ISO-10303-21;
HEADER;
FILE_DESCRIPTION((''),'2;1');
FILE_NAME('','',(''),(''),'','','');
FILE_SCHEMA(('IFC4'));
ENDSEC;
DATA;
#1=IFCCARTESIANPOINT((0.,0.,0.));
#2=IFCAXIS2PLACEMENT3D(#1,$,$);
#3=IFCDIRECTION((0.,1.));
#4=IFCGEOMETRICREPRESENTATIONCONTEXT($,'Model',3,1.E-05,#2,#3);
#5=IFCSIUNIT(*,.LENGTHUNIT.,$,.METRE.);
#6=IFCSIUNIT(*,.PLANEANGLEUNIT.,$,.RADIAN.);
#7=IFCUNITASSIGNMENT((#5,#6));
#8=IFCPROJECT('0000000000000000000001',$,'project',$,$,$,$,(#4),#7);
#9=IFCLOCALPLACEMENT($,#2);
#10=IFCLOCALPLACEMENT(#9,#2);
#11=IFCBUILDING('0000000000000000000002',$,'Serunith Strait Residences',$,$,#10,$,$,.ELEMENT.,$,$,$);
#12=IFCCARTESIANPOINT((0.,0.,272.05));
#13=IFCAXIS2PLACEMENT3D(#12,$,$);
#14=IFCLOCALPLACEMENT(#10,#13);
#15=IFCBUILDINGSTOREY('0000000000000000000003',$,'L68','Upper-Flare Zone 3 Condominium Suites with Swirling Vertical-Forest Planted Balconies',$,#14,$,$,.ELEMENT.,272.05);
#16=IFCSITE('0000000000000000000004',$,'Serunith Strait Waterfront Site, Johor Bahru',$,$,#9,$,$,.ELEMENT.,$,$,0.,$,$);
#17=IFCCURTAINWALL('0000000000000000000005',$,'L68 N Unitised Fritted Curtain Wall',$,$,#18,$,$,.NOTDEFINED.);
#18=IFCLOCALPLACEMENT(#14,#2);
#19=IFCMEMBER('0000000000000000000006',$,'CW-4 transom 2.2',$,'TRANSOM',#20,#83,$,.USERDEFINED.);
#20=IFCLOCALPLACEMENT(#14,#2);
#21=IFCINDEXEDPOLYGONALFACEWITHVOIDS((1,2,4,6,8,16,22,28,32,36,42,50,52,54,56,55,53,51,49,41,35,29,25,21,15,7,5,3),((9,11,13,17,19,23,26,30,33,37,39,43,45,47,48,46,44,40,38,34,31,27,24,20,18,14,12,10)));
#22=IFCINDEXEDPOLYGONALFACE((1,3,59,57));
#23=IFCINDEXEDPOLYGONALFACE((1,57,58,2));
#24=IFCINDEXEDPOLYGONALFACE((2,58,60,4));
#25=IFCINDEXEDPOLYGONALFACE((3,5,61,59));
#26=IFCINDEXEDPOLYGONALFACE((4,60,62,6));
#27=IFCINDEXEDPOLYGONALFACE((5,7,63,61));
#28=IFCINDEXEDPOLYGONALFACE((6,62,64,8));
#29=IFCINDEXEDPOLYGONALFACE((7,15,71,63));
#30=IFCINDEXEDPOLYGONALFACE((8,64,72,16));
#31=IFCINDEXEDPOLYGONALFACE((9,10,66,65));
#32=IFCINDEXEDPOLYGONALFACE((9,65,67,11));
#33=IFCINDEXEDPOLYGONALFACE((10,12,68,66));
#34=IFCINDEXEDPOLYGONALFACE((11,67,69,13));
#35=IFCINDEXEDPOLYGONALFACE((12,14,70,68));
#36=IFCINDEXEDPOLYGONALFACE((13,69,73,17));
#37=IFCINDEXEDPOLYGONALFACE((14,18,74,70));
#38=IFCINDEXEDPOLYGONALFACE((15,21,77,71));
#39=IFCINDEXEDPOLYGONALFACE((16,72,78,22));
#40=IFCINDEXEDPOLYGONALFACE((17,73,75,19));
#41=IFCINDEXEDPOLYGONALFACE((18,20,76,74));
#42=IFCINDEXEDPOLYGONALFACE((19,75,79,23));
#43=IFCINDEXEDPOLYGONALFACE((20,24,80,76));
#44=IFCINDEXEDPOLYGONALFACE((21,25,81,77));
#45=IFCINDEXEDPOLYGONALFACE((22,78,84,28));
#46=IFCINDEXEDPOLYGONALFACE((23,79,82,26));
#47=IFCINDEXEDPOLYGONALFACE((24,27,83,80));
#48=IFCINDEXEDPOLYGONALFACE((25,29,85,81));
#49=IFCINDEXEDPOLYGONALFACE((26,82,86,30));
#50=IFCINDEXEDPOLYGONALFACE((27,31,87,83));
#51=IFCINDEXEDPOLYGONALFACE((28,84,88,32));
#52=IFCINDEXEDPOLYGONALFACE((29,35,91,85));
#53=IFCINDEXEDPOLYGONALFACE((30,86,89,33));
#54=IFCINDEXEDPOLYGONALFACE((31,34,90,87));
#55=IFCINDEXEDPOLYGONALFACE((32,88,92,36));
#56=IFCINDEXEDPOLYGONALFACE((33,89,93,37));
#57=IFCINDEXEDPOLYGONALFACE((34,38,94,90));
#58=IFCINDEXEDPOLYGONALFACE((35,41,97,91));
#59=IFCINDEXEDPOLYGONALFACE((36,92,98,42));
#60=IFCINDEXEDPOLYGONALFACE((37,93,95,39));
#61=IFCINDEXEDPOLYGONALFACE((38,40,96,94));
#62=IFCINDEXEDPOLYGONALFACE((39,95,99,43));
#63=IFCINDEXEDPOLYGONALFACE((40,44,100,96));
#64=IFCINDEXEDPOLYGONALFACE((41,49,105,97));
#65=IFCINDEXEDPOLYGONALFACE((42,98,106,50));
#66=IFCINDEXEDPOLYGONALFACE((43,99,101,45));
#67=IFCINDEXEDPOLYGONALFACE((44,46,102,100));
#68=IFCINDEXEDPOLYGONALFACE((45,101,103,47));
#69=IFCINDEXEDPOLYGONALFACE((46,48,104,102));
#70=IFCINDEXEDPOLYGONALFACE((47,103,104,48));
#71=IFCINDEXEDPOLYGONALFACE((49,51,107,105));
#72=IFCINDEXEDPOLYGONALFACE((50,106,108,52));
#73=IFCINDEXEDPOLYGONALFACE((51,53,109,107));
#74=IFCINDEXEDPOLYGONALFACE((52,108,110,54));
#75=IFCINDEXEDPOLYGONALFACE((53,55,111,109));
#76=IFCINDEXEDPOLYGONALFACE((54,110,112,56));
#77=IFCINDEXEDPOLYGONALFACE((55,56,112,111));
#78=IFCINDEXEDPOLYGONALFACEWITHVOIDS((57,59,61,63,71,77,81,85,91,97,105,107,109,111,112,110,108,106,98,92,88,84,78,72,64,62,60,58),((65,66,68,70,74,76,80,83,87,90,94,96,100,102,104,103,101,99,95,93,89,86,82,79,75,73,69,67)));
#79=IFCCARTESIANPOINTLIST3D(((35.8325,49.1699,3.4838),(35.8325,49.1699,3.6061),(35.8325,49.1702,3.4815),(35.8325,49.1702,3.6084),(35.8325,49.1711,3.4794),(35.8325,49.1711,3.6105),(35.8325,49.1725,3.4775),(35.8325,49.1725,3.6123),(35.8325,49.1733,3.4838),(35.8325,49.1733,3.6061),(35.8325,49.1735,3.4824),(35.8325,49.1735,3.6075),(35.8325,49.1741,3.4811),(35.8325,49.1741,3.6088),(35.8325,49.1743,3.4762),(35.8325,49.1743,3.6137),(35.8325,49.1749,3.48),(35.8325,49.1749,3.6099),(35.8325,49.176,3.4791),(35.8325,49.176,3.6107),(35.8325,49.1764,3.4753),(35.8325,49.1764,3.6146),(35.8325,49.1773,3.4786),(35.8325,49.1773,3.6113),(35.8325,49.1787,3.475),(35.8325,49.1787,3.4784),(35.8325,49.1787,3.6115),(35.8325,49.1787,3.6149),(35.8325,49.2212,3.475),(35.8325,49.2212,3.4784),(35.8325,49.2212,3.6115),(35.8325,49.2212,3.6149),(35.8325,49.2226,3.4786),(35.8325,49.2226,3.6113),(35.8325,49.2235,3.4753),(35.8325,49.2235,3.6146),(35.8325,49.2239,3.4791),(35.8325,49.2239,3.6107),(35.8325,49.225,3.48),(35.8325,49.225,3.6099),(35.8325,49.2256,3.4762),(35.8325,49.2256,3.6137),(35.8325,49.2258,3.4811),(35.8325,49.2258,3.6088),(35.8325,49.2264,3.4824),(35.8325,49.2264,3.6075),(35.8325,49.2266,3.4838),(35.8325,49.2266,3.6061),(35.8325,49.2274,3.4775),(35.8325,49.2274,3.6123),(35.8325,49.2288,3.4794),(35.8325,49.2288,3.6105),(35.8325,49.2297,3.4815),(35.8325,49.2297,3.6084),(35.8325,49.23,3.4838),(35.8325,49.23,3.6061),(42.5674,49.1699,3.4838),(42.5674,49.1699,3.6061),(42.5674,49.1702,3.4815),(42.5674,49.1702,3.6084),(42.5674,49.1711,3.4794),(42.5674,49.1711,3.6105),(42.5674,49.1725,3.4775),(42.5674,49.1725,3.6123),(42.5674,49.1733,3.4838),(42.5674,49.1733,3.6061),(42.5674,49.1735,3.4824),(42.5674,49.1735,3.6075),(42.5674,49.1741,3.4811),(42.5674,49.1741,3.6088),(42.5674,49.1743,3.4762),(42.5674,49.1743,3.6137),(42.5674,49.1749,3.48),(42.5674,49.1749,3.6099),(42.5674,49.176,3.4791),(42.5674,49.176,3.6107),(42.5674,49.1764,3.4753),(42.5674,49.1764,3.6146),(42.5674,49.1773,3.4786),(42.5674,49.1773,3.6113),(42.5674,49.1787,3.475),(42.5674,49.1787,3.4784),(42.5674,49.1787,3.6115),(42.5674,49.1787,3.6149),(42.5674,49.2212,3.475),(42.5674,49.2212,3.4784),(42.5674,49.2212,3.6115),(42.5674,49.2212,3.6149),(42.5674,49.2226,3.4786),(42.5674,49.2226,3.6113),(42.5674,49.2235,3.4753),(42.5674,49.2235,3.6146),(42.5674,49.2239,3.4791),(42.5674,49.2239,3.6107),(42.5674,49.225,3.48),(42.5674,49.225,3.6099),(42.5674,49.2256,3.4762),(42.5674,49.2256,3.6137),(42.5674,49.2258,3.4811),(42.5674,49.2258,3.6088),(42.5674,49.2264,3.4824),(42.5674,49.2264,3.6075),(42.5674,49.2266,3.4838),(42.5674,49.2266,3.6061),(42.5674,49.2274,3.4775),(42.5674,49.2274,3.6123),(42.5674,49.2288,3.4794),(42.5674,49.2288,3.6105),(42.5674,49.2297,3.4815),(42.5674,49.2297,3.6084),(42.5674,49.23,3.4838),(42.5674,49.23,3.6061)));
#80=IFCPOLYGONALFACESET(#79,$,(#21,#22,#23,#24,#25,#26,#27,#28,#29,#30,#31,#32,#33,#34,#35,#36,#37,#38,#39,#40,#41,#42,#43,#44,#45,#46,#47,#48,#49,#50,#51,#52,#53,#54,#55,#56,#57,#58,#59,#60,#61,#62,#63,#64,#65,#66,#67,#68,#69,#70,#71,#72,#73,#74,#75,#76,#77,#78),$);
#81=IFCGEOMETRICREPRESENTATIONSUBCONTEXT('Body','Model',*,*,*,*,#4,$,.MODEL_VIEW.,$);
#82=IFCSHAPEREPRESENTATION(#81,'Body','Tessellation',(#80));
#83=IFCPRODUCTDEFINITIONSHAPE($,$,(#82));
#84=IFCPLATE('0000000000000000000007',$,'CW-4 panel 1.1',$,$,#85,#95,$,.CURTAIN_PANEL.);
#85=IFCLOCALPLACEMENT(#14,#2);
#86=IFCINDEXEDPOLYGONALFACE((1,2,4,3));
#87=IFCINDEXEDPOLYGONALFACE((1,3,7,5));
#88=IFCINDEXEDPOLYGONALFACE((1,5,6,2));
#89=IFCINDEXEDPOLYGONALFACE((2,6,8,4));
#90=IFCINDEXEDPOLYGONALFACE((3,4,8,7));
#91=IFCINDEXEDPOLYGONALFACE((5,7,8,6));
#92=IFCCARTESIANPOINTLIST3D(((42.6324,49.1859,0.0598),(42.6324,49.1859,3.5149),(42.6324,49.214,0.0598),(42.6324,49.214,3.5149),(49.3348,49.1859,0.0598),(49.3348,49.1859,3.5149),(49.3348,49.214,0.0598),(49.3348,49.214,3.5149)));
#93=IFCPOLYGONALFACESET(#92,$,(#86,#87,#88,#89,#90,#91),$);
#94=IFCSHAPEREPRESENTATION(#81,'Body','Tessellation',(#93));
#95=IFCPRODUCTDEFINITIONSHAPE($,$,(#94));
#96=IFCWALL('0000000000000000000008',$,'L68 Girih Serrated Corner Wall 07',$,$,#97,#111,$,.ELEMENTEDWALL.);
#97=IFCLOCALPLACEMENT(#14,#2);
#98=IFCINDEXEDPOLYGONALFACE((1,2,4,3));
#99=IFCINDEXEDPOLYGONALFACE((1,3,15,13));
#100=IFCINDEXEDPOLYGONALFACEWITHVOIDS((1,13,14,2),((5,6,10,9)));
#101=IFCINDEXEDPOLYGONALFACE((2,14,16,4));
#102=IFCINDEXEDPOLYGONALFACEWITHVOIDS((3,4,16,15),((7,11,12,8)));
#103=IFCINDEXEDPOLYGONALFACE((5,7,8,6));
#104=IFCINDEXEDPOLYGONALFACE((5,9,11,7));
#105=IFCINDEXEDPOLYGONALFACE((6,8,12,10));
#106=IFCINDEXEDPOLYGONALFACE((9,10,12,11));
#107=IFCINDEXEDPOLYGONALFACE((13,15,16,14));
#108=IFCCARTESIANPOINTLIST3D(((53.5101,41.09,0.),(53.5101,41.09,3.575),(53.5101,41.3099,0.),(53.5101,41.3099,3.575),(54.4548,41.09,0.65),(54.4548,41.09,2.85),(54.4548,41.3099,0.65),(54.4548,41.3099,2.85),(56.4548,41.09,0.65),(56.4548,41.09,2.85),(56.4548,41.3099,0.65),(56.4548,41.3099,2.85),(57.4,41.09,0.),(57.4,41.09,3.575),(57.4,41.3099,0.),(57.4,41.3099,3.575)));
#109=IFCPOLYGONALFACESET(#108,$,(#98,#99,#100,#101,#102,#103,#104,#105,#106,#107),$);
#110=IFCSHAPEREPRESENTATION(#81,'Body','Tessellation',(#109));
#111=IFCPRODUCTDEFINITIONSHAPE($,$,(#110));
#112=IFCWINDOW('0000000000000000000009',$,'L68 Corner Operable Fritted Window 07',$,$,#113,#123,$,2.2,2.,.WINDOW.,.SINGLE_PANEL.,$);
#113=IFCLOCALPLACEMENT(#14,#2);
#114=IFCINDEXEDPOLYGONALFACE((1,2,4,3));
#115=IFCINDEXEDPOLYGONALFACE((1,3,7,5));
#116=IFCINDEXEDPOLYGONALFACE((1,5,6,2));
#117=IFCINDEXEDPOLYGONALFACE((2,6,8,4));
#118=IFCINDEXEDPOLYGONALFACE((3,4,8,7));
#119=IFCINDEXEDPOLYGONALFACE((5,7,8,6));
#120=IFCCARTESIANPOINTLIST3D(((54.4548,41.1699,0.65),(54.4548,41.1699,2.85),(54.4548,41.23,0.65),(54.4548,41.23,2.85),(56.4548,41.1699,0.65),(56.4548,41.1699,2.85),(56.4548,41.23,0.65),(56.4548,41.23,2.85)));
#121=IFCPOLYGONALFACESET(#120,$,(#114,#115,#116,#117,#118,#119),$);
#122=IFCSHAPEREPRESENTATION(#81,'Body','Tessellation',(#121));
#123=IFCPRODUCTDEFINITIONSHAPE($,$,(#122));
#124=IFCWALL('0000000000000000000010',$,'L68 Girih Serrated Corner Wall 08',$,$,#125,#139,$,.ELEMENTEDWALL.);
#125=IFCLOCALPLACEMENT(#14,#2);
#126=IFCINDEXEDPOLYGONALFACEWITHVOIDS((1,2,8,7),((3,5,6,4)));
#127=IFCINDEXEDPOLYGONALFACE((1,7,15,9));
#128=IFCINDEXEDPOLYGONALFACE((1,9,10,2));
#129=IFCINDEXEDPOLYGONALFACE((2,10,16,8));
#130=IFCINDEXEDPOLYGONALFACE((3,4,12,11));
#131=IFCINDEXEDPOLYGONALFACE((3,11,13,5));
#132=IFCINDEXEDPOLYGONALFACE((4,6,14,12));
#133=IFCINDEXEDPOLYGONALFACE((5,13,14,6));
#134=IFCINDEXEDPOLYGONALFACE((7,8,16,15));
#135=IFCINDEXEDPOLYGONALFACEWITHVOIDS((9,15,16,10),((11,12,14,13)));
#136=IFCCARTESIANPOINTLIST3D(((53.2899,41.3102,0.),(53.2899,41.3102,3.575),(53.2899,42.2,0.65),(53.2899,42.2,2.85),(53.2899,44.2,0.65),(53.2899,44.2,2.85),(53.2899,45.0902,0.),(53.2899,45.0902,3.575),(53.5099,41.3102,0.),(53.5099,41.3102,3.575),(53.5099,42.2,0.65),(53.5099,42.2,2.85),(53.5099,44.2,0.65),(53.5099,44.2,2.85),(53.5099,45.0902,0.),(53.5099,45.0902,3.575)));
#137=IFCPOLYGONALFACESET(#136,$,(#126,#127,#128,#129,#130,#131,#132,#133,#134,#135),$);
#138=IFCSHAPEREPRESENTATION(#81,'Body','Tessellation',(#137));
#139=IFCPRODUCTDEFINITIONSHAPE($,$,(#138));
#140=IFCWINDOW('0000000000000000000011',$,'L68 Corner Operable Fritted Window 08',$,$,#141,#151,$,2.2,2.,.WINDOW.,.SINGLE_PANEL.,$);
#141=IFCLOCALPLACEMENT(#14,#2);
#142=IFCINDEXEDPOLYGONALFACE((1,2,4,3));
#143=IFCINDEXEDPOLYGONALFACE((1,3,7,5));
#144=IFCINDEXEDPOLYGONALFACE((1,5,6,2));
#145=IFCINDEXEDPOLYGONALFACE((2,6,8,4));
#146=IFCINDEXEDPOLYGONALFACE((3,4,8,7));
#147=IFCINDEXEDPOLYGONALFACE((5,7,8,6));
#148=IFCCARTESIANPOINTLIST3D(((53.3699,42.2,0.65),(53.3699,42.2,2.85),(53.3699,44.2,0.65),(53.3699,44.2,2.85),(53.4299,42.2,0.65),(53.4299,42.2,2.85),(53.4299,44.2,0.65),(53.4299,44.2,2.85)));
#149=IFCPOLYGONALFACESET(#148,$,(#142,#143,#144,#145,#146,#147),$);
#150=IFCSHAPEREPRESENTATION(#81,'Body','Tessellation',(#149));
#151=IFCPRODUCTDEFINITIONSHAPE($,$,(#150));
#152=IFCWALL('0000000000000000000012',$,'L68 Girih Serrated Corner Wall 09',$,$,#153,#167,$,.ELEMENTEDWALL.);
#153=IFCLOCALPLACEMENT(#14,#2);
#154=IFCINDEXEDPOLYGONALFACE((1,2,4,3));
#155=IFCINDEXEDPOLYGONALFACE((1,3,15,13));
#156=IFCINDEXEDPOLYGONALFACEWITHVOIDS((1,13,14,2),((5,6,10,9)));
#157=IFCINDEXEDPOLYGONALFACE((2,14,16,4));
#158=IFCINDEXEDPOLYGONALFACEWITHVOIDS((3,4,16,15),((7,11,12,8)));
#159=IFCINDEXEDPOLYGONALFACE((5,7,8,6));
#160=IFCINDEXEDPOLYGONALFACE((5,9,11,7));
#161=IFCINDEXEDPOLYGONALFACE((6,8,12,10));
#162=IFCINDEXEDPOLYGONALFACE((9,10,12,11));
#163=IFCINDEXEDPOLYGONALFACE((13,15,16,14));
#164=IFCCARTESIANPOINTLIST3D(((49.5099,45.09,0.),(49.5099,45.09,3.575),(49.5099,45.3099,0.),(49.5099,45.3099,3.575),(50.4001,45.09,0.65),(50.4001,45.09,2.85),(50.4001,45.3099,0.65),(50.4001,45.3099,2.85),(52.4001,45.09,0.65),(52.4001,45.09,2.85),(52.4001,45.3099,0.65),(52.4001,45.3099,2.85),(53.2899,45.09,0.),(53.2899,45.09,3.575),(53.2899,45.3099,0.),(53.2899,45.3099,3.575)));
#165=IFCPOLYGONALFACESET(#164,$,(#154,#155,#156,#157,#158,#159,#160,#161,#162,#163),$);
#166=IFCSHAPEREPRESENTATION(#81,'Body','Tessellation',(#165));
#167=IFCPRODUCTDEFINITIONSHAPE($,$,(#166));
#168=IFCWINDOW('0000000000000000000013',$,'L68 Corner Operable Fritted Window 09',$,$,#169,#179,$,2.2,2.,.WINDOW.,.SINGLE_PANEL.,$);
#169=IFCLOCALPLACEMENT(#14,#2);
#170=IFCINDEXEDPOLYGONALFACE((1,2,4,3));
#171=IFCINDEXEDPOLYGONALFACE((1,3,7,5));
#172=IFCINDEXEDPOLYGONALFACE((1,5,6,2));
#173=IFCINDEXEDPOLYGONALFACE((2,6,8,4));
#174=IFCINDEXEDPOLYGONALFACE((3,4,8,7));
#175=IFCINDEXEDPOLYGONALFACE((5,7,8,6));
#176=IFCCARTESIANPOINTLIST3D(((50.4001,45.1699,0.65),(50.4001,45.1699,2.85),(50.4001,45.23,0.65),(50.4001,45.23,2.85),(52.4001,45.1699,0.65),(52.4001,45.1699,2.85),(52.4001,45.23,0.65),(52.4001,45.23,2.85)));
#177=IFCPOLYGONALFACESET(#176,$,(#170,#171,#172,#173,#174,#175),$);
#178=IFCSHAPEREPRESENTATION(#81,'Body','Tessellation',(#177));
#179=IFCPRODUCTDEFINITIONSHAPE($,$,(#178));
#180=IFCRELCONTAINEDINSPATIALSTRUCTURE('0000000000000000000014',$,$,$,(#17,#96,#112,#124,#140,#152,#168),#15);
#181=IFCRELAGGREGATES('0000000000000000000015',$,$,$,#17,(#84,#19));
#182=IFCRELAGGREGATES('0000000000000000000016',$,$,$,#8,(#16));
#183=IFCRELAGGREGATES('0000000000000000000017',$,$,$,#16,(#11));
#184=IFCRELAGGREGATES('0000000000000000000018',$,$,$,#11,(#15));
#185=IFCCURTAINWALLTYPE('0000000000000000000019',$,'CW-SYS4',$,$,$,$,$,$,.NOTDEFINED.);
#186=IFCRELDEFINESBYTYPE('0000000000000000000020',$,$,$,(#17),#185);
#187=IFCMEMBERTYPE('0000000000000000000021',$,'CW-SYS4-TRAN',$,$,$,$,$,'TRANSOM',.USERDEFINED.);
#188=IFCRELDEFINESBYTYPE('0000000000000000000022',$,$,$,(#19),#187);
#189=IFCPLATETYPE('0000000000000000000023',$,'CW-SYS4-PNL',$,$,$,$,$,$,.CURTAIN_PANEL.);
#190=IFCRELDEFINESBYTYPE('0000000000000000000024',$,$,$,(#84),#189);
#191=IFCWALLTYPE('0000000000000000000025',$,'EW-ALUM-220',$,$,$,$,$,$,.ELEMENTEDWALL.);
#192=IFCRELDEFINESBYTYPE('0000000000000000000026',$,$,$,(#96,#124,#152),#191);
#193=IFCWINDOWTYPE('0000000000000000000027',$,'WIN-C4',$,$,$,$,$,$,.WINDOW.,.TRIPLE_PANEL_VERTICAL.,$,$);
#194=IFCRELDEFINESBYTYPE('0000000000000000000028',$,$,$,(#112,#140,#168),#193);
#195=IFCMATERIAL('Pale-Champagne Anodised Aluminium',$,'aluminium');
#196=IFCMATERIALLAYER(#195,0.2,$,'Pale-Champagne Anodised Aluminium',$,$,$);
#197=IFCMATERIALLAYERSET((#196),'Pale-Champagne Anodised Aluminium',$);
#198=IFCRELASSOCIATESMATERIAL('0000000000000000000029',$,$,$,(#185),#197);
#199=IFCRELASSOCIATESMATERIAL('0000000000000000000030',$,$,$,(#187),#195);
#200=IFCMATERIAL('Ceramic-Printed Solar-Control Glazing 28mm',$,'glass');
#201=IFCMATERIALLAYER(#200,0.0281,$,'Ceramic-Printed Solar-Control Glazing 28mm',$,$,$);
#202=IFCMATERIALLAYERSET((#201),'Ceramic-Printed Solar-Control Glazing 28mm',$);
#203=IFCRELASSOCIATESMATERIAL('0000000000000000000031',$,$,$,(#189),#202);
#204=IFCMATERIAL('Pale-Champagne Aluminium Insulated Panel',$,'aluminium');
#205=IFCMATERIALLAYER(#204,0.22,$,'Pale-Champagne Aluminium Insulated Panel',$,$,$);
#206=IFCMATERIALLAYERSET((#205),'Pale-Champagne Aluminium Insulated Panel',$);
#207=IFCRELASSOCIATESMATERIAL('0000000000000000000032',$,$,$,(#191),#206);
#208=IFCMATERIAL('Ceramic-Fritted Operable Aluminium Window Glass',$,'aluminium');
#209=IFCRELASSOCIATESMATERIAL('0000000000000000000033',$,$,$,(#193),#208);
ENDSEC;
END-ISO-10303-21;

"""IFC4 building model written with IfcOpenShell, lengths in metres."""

from ifc_helpers import new_model, si_unit, direction, frame, frame_2d, origin, origin_2d, place, context, subcontext, project, spatial, rectangle, hollow_rectangle, extrude, source, transform, mapped, material, layer, layer_set, material_profile, profile_set, type_object, element, fill, aggregate, save


model = new_model("IFC4")

# Units and contexts
model_context = context("Model", 3, precision=1e-05, world=origin(), true_north=direction((0.0, 1.0)))
body_context = subcontext(model_context, "Body", "Model", "MODEL_VIEW")
ifc_project = project(units=[si_unit("LENGTHUNIT", "METRE"), si_unit("PLANEANGLEUNIT", "RADIAN")], contexts=[model_context])

# Site, building, storey
site_placement = place(None, origin())
site = spatial("IfcSite", under=ifc_project, at=site_placement, Name="Serunith Strait Waterfront Site, Johor Bahru", CompositionType="ELEMENT", RefElevation=0.0)
building_placement = place(site_placement, origin())
building = spatial("IfcBuilding", under=site, at=building_placement, Name="Serunith Strait Residences", CompositionType="ELEMENT")
storey_placement = place(building_placement, frame((0.0, 0.0, 272.05)))
storey = spatial("IfcBuildingStorey", under=building, at=storey_placement, Name="L68", Description="Upper-Flare Zone 3 Condominium Suites with Swirling Vertical-Forest Planted Balconies", CompositionType="ELEMENT", Elevation=272.05)

# Shared definitions
ifc_material_1 = material(Name="Pale-Champagne Anodised Aluminium", Category="aluminium")
ifc_layer_1 = layer(ifc_material_1, 0.2, Name="Pale-Champagne Anodised Aluminium")
ifc_layer_set_1 = layer_set([ifc_layer_1], Name="Pale-Champagne Anodised Aluminium")
curtain_wall_type = type_object("IfcCurtainWallType", Name="CW-SYS4", PredefinedType="NOTDEFINED", material=ifc_layer_set_1)

# Curtain wall, member, plate
curtain_wall_1_placement = place(storey_placement, origin())
curtain_wall_1 = element("IfcCurtainWall", 1, at=curtain_wall_1_placement, inside=storey, type_object=curtain_wall_type, Name="L68 N Unitised Fritted Curtain Wall", PredefinedType="NOTDEFINED")
ifc_material_profile_1 = material_profile(ifc_material_1, hollow_rectangle(XDim=0.0601, YDim=0.1399, WallThickness=0.0034, InnerFilletRadius=0.0054, OuterFilletRadius=0.0088, at=origin_2d()), Name="ALU 140x60x3.5")
ifc_profile_set_1 = profile_set([ifc_material_profile_1], Name="Pale-Champagne Anodised Aluminium")
member_type_1 = type_object("IfcMemberType", Name="CW-SYS4-TRAN", ElementType="TRANSOM", PredefinedType="USERDEFINED", material=ifc_profile_set_1)
shared_shape_1 = source(origin(), body_context, "Body", "SweptSolid", [
    extrude(hollow_rectangle(XDim=0.0601, YDim=0.1399, WallThickness=0.0034, InnerFilletRadius=0.0054, OuterFilletRadius=0.0088, at=origin_2d()), origin(), (0.0, 0.0, 1.0), 6.7349),
])
member_1_placement = place(storey_placement, frame((42.5674, 49.2, 3.5449), z_axis=(-1.0, 0.0, 0.0), x_axis=(0.0, -1.0, 0.0)))
member_1 = element("IfcMember", 2, at=member_1_placement, type_object=member_type_1, Name="CW-4 transom 2.2", ObjectType="TRANSOM", PredefinedType="USERDEFINED", context=body_context, shape_type="MappedRepresentation", body=[
    mapped(shared_shape_1, transform((0.0, 0.0, 0.0), scale=1.0)),
])
ifc_material_2 = material(Name="Ceramic-Printed Solar-Control Glazing 28mm", Category="glass")
ifc_layer_2 = layer(ifc_material_2, 0.0281, Name="Ceramic-Printed Solar-Control Glazing 28mm")
ifc_layer_set_2 = layer_set([ifc_layer_2], Name="Ceramic-Printed Solar-Control Glazing 28mm")
plate_type = type_object("IfcPlateType", Name="CW-SYS4-PNL", PredefinedType="CURTAIN_PANEL", material=ifc_layer_set_2)
shared_shape_2 = source(origin(), body_context, "Body", "SweptSolid", [
    extrude(rectangle(XDim=6.7024, YDim=0.0281, at=origin_2d()), origin(), (0.0, 0.0, 1.0), 3.4551),
])
plate_placement = place(storey_placement, frame((45.9836, 49.2, 0.0598), z_axis=(0.0, 0.0, 1.0), x_axis=(-1.0, 0.0, 0.0)))
plate = element("IfcPlate", 3, at=plate_placement, type_object=plate_type, Name="CW-4 panel 1.1", PredefinedType="CURTAIN_PANEL", context=body_context, shape_type="MappedRepresentation", body=[
    mapped(shared_shape_2, transform((0.0, 0.0, 0.0), scale=1.0)),
])
aggregate(curtain_wall_1, [plate, member_1])

# Walls, openings, windows
ifc_material_3 = material(Name="Pale-Champagne Aluminium Insulated Panel", Category="aluminium")
ifc_layer_3 = layer(ifc_material_3, 0.22, Name="Pale-Champagne Aluminium Insulated Panel")
ifc_layer_set_3 = layer_set([ifc_layer_3], Name="Pale-Champagne Aluminium Insulated Panel")
wall_type = type_object("IfcWallType", Name="EW-ALUM-220", PredefinedType="ELEMENTEDWALL", material=ifc_layer_set_3)
wall_1_placement = place(storey_placement, frame((57.3999, 41.2, 0.0), z_axis=(0.0, 0.0, 1.0), x_axis=(-1.0, 0.0, 0.0)))
wall_1 = element("IfcWall", 4, at=wall_1_placement, inside=storey, type_object=wall_type, Name="L68 Girih Serrated Corner Wall 07", PredefinedType="ELEMENTEDWALL", context=body_context, shape_type="SweptSolid", body=[
    extrude(rectangle(XDim=3.8899, YDim=0.22, at=frame_2d((1.9448, 0.0))), origin(), (0.0, 0.0, 1.0), 3.575),
])
opening_1_placement = place(wall_1_placement, frame((0.9451, 0.0, 0.6499)))
opening_1 = element("IfcOpeningElement", 5, at=opening_1_placement, cuts=wall_1, PredefinedType="OPENING", context=body_context, shape_type="SweptSolid", body=[
    extrude(rectangle(XDim=2.0, YDim=2.2, at=frame_2d((1.0, 1.1001))), frame((0.0, 0.1201, 0.0), z_axis=(0.0, -1.0, 0.0), x_axis=(1.0, 0.0, 0.0)), (0.0, 0.0, 1.0), 0.24),
])
ifc_material_4 = material(Name="Ceramic-Fritted Operable Aluminium Window Glass", Category="aluminium")
window_type = type_object("IfcWindowType", Name="WIN-C4", PartitioningType="TRIPLE_PANEL_VERTICAL", PredefinedType="WINDOW", material=ifc_material_4)
shared_shape_3 = source(origin(), body_context, "Body", "SweptSolid", [
    extrude(rectangle(XDim=2.0, YDim=2.2, at=frame_2d((1.0, 1.1001))), frame((0.0, 0.03, 0.0), z_axis=(0.0, -1.0, 0.0), x_axis=(1.0, 0.0, 0.0)), (0.0, 0.0, 1.0), 0.0601),
])
window_1_placement = place(opening_1_placement, origin())
window_1 = element("IfcWindow", 6, at=window_1_placement, inside=storey, type_object=window_type, Name="L68 Corner Operable Fritted Window 07", OverallHeight=2.2, OverallWidth=2.0, PartitioningType="SINGLE_PANEL", PredefinedType="WINDOW", context=body_context, shape_type="MappedRepresentation", body=[
    mapped(shared_shape_3, transform((0.0, 0.0, 0.0), scale=1.0)),
])
fill(opening_1, window_1)
wall_2_placement = place(storey_placement, frame((53.3999, 41.3101, 0.0), z_axis=(0.0, 0.0, 1.0), x_axis=(0.0, 1.0, 0.0)))
wall_2 = element("IfcWall", 7, at=wall_2_placement, inside=storey, type_object=wall_type, Name="L68 Girih Serrated Corner Wall 08", PredefinedType="ELEMENTEDWALL", context=body_context, shape_type="SweptSolid", body=[
    extrude(rectangle(XDim=3.78, YDim=0.22, at=frame_2d((1.8901, 0.0))), origin(), (0.0, 0.0, 1.0), 3.575),
])
opening_2_placement = place(wall_2_placement, frame((0.8899, 0.0, 0.6499)))
opening_2 = element("IfcOpeningElement", 8, at=opening_2_placement, cuts=wall_2, PredefinedType="OPENING", context=body_context, shape_type="SweptSolid", body=[
    extrude(rectangle(XDim=2.0, YDim=2.2, at=frame_2d((1.0, 1.1001))), frame((0.0, 0.1201, 0.0), z_axis=(0.0, -1.0, 0.0), x_axis=(1.0, 0.0, 0.0)), (0.0, 0.0, 1.0), 0.24),
])
window_2_placement = place(opening_2_placement, origin())
window_2 = element("IfcWindow", 9, at=window_2_placement, inside=storey, type_object=window_type, Name="L68 Corner Operable Fritted Window 08", OverallHeight=2.2, OverallWidth=2.0, PartitioningType="SINGLE_PANEL", PredefinedType="WINDOW", context=body_context, shape_type="MappedRepresentation", body=[
    mapped(shared_shape_3, transform((0.0, 0.0, 0.0), scale=1.0)),
])
fill(opening_2, window_2)
wall_3_placement = place(storey_placement, frame((53.29, 45.2, 0.0), z_axis=(0.0, 0.0, 1.0), x_axis=(-1.0, 0.0, 0.0)))
wall_3 = element("IfcWall", 10, at=wall_3_placement, inside=storey, type_object=wall_type, Name="L68 Girih Serrated Corner Wall 09", PredefinedType="ELEMENTEDWALL", context=body_context, shape_type="SweptSolid", body=[
    extrude(rectangle(XDim=3.78, YDim=0.22, at=frame_2d((1.8901, 0.0))), origin(), (0.0, 0.0, 1.0), 3.575),
])
opening_3_placement = place(wall_3_placement, frame((0.8899, 0.0, 0.6499)))
opening_3 = element("IfcOpeningElement", 11, at=opening_3_placement, cuts=wall_3, PredefinedType="OPENING", context=body_context, shape_type="SweptSolid", body=[
    extrude(rectangle(XDim=2.0, YDim=2.2, at=frame_2d((1.0, 1.1001))), frame((0.0, 0.1201, 0.0), z_axis=(0.0, -1.0, 0.0), x_axis=(1.0, 0.0, 0.0)), (0.0, 0.0, 1.0), 0.24),
])
window_3_placement = place(opening_3_placement, origin())
window_3 = element("IfcWindow", 12, at=window_3_placement, inside=storey, type_object=window_type, Name="L68 Corner Operable Fritted Window 09", OverallHeight=2.2, OverallWidth=2.0, PartitioningType="SINGLE_PANEL", PredefinedType="WINDOW", context=body_context, shape_type="MappedRepresentation", body=[
    mapped(shared_shape_3, transform((0.0, 0.0, 0.0), scale=1.0)),
])
fill(opening_3, window_3)

save(model, "model.ifc")
